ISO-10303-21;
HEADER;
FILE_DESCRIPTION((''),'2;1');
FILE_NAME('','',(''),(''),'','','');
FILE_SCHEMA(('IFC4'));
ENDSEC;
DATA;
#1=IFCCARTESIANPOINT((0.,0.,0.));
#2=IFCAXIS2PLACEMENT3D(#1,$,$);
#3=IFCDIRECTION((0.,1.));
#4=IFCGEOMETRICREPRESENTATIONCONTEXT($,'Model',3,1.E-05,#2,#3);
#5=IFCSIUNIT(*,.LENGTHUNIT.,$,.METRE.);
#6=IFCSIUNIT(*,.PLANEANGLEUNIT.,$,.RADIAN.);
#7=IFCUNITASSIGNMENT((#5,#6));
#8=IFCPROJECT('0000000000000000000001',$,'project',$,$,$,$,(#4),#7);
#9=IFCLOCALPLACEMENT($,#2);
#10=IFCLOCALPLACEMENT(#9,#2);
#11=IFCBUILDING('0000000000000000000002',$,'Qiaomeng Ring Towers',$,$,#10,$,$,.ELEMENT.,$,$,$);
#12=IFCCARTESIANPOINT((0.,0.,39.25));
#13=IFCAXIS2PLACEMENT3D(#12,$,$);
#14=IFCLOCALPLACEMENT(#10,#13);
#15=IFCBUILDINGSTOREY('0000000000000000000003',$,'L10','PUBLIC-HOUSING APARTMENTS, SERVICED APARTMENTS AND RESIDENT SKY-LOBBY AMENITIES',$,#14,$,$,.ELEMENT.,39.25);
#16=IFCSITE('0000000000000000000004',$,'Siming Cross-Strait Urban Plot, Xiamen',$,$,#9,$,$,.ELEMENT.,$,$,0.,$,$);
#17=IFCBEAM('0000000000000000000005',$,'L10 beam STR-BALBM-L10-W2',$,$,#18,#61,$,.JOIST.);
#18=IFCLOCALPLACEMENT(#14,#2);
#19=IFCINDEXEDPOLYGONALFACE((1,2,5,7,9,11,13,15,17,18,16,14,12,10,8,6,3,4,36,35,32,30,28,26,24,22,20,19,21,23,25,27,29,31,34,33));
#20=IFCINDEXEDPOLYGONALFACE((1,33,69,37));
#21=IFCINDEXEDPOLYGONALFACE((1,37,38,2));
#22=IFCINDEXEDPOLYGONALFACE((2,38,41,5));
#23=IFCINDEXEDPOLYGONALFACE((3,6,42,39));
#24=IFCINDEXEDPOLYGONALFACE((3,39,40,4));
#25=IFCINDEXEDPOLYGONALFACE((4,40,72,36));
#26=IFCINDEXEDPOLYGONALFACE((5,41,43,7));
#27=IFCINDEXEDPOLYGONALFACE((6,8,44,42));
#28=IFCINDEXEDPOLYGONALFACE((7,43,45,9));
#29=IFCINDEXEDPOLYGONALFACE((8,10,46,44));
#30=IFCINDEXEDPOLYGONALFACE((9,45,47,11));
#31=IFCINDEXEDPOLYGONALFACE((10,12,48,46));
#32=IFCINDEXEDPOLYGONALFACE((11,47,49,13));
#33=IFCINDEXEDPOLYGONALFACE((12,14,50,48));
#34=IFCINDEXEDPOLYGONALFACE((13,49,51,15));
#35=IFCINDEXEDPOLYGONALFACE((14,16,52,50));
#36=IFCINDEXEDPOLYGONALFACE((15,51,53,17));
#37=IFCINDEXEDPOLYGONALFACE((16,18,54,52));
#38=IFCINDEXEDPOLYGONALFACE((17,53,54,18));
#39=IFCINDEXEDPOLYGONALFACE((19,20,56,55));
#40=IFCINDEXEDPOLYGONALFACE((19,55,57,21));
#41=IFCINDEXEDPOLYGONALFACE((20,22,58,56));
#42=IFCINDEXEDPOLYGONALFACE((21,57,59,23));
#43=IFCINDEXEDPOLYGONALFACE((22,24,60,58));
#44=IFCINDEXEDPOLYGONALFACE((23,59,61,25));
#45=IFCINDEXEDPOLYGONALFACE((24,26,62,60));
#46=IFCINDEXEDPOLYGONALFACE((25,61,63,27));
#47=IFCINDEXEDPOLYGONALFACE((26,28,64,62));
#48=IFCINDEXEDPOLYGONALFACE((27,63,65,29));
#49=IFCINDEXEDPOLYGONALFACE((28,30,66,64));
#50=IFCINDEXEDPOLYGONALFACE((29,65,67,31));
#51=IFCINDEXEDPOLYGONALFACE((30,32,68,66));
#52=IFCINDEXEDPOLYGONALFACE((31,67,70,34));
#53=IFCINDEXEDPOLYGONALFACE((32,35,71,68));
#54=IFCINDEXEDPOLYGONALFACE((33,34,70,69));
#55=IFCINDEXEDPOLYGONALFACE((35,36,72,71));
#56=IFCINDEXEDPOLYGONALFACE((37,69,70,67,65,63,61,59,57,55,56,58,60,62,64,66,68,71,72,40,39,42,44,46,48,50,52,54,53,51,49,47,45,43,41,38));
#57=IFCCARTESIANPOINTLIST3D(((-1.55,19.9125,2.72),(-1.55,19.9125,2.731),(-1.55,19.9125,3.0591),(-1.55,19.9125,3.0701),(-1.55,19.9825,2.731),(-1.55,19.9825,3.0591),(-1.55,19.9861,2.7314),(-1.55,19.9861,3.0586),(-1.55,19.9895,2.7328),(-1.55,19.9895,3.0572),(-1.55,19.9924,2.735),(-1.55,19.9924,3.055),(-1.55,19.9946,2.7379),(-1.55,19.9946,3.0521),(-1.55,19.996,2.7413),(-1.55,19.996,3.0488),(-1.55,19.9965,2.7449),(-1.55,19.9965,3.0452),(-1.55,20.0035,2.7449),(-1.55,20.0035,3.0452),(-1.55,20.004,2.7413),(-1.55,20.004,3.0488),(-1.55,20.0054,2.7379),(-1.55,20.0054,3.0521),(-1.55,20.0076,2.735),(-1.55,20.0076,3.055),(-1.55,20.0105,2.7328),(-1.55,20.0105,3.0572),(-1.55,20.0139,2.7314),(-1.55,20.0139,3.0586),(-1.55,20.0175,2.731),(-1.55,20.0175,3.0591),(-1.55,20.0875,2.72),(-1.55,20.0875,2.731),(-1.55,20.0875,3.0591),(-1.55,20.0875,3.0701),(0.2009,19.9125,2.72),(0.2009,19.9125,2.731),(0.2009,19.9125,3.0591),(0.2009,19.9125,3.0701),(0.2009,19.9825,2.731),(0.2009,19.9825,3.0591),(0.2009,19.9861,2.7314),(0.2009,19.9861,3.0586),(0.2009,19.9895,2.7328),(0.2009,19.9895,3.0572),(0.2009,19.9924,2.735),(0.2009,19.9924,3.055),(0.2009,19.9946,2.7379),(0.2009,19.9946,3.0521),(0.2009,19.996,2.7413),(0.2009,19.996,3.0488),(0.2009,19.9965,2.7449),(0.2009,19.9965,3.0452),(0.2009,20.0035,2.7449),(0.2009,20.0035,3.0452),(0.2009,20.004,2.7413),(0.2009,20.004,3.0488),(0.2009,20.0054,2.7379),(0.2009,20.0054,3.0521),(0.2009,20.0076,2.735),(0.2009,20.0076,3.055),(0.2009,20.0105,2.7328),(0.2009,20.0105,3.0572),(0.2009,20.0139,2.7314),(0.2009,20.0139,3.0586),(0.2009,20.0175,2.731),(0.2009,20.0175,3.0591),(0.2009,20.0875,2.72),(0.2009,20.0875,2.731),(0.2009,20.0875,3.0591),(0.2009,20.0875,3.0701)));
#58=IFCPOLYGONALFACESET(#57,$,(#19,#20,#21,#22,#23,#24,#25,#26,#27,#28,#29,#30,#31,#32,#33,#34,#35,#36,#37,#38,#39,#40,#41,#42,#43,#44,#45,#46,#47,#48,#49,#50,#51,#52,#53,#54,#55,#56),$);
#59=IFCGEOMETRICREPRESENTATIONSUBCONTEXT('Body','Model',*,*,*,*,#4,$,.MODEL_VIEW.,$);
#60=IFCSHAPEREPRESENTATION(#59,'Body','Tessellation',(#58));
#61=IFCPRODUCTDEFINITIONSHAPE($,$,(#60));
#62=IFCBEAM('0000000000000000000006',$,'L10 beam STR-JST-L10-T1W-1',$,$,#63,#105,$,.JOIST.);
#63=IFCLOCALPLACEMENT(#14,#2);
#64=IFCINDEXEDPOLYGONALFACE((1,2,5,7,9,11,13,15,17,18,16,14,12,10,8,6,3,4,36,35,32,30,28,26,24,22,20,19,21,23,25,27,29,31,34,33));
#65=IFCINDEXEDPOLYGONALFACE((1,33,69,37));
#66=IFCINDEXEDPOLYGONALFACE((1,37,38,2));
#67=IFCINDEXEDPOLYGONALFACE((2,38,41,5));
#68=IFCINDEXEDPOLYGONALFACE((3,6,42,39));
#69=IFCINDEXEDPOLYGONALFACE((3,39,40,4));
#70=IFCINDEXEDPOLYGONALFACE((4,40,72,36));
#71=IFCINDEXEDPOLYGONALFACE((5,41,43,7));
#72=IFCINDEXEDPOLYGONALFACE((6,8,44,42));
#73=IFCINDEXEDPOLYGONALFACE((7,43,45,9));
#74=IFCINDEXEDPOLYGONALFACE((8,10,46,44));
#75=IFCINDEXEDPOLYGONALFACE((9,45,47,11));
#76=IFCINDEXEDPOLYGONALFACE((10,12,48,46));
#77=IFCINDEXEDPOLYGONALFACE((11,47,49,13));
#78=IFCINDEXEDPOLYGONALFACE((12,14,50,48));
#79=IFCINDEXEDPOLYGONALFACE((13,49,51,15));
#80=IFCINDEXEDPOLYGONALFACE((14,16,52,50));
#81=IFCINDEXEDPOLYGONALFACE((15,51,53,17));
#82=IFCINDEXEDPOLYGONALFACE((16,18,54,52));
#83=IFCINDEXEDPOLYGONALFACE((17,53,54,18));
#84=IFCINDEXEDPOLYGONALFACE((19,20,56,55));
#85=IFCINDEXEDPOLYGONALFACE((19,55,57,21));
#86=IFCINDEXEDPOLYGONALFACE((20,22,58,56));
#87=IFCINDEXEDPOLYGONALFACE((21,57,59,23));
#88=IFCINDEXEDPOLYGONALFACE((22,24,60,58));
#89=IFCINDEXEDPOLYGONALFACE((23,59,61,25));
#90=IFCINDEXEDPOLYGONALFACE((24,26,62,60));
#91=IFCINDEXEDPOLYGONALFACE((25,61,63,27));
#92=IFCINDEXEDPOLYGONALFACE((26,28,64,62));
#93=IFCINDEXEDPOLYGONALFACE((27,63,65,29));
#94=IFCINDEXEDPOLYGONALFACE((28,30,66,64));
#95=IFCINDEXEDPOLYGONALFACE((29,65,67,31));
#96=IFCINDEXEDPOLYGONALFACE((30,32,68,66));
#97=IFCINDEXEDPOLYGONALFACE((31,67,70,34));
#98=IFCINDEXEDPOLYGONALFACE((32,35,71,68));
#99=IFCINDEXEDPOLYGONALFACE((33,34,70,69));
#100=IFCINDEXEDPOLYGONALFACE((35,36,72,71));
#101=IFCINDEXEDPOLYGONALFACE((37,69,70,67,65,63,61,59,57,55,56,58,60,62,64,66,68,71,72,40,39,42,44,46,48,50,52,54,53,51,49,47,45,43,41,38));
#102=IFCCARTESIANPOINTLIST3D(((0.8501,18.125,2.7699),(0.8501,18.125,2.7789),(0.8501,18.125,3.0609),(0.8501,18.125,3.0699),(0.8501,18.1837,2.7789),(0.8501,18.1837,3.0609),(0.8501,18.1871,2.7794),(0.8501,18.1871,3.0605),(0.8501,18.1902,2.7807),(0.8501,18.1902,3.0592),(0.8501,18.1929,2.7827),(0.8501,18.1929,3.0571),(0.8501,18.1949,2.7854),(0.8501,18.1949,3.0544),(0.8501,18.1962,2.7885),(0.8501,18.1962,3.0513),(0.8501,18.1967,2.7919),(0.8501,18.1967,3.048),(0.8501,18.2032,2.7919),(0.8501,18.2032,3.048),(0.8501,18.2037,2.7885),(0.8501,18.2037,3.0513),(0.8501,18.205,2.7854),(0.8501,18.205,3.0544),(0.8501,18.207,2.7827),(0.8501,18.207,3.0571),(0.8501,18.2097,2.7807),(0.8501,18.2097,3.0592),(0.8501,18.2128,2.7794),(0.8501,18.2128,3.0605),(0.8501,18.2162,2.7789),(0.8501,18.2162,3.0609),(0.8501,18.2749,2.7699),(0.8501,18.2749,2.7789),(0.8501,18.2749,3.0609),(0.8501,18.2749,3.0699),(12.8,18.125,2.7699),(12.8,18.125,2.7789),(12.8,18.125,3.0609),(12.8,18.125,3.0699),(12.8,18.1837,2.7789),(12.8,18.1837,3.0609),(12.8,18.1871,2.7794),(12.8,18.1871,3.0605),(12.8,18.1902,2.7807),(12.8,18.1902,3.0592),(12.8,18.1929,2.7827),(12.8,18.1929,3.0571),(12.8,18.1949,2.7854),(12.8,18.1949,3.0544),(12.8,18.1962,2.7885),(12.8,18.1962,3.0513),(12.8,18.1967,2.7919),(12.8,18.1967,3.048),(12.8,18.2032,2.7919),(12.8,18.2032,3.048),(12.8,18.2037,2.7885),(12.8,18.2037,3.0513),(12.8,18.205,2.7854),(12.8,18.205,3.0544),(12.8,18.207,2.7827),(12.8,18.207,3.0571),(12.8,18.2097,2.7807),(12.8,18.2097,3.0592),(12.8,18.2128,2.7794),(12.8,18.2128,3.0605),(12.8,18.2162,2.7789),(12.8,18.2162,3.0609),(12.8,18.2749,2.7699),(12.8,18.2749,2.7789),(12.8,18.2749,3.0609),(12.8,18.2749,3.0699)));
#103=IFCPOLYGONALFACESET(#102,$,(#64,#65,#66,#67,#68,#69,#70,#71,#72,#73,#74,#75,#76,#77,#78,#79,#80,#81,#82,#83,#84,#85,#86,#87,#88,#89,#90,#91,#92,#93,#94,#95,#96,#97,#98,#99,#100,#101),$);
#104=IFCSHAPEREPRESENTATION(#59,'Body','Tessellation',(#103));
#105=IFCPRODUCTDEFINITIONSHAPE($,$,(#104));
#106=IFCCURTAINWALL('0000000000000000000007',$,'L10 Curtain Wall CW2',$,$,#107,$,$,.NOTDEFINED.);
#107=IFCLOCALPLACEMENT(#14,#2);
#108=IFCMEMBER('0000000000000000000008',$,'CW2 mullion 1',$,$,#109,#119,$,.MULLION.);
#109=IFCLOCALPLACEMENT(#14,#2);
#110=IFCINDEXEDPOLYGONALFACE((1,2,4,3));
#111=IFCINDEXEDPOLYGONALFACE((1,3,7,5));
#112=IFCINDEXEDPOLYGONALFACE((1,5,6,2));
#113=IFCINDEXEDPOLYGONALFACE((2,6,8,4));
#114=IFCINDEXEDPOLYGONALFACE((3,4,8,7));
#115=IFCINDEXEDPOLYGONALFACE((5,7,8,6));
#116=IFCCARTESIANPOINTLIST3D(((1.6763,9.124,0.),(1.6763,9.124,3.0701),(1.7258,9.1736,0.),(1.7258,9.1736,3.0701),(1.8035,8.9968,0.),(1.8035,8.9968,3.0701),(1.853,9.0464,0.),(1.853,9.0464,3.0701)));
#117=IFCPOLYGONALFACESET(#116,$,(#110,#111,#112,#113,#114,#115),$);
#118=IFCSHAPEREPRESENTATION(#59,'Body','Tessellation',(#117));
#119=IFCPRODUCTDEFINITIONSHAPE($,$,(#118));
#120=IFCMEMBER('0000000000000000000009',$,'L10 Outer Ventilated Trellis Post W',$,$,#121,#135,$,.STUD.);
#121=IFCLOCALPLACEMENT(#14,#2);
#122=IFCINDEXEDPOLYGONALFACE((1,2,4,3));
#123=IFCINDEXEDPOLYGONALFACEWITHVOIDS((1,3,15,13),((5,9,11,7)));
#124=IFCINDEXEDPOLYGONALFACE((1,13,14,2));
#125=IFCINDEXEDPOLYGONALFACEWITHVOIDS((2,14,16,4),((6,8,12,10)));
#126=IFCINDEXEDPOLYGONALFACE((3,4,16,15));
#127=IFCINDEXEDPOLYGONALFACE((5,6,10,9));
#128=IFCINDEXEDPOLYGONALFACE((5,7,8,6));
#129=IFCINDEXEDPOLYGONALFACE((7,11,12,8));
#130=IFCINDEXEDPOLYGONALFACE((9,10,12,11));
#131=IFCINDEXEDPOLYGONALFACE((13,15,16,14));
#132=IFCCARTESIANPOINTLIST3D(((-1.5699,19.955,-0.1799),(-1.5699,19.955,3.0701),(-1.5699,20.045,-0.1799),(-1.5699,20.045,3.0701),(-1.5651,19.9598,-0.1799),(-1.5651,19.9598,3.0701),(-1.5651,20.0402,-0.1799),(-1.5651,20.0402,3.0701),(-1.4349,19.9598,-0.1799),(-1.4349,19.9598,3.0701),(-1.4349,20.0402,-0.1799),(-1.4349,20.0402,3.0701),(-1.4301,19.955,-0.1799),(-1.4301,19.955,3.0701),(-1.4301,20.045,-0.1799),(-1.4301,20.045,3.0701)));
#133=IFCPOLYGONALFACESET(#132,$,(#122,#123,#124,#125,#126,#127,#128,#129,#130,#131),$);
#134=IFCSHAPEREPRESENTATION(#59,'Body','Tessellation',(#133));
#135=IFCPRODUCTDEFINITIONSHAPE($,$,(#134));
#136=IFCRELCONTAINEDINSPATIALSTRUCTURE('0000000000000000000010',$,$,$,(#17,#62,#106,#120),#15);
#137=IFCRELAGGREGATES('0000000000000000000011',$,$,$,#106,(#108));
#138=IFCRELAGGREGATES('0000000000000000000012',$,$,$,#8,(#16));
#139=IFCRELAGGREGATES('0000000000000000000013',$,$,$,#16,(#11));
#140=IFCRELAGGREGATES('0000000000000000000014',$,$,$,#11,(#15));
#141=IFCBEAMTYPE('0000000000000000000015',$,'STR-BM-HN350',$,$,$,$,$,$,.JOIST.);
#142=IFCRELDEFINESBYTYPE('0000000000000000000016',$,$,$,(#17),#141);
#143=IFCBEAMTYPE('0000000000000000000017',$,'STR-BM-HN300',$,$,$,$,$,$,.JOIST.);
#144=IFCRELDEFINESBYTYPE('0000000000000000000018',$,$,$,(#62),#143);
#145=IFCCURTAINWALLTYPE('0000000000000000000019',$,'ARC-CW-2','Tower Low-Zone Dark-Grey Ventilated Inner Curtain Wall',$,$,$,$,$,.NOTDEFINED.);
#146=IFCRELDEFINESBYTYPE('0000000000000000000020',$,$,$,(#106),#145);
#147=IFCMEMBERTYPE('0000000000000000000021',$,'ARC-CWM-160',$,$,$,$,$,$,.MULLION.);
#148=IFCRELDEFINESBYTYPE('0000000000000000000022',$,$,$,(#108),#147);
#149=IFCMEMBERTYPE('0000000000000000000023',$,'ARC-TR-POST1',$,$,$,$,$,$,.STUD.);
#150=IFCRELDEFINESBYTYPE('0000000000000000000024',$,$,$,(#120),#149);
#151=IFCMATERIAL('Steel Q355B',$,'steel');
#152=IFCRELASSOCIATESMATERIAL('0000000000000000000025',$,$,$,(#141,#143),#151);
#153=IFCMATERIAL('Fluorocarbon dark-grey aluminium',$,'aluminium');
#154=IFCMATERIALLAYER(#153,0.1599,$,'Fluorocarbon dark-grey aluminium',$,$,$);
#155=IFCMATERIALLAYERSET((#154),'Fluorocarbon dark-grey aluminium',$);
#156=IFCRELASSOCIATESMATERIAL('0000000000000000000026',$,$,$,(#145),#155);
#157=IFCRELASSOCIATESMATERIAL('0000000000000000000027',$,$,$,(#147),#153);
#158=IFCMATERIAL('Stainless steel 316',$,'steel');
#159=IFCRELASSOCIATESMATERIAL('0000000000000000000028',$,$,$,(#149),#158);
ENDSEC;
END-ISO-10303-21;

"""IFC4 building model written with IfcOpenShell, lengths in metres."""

from ifc_helpers import new_model, si_unit, direction, frame, origin, origin_2d, place, context, subcontext, project, spatial, rectangle, hollow_rectangle, i_section, extrude, source, transform, mapped, material, layer, layer_set, material_profile, profile_set, type_object, element, aggregate, save


model = new_model("IFC4")

# Units and contexts
model_context = context("Model", 3, precision=1e-05, world=origin(), true_north=direction((0.0, 1.0)))
body_context = subcontext(model_context, "Body", "Model", "MODEL_VIEW")
ifc_project = project(units=[si_unit("LENGTHUNIT", "METRE"), si_unit("PLANEANGLEUNIT", "RADIAN")], contexts=[model_context])

# Site, building, storey
site_placement = place(None, origin())
site = spatial("IfcSite", under=ifc_project, at=site_placement, Name="Siming Cross-Strait Urban Plot, Xiamen", CompositionType="ELEMENT", RefElevation=0.0)
building_placement = place(site_placement, origin())
building = spatial("IfcBuilding", under=site, at=building_placement, Name="Qiaomeng Ring Towers", CompositionType="ELEMENT")
storey_placement = place(building_placement, frame((0.0, 0.0, 39.25)))
storey = spatial("IfcBuildingStorey", under=building, at=storey_placement, Name="L10", Description="PUBLIC-HOUSING APARTMENTS, SERVICED APARTMENTS AND RESIDENT SKY-LOBBY AMENITIES", CompositionType="ELEMENT", Elevation=39.25)

# Beams
ifc_material_1 = material(Name="Steel Q355B", Category="steel")
ifc_material_profile_1 = material_profile(ifc_material_1, i_section(OverallWidth=0.175, OverallDepth=0.3501, WebThickness=0.0071, FlangeThickness=0.011, FilletRadius=0.0139, at=origin_2d()), Name="HN 350x175x7x11")
ifc_profile_set_1 = profile_set([ifc_material_profile_1], Name="Steel Q355B")
beam_type_1 = type_object("IfcBeamType", Name="STR-BM-HN350", PredefinedType="JOIST", material=ifc_profile_set_1)
shared_shape_1 = source(origin(), body_context, "Body", "SweptSolid", [
    extrude(i_section(OverallWidth=0.175, OverallDepth=0.3501, WebThickness=0.0071, FlangeThickness=0.011, FilletRadius=0.0139, at=origin_2d()), origin(), (0.0, 0.0, 1.0), 1.751),
])
beam_1_placement = place(storey_placement, frame((-1.55, 20.0, 2.895), z_axis=(1.0, 0.0, 0.0), x_axis=(0.0, 1.0, 0.0)))
element("IfcBeam", 1, at=beam_1_placement, inside=storey, type_object=beam_type_1, Name="L10 beam STR-BALBM-L10-W2", PredefinedType="JOIST", context=body_context, shape_type="MappedRepresentation", body=[
    mapped(shared_shape_1, transform((0.0, 0.0, 0.0), x_axis=(1.0, 0.0, 0.0), y_axis=(0.0, 1.0, 0.0), z_axis=(0.0, 0.0, 1.0), scale=1.0)),
])
ifc_material_profile_2 = material_profile(ifc_material_1, i_section(OverallWidth=0.1499, OverallDepth=0.3, WebThickness=0.0066, FlangeThickness=0.009, FilletRadius=0.0129, at=origin_2d()), Name="HN 300x150x6.5x9")
ifc_profile_set_2 = profile_set([ifc_material_profile_2], Name="Steel Q355B")
beam_type_2 = type_object("IfcBeamType", Name="STR-BM-HN300", PredefinedType="JOIST", material=ifc_profile_set_2)
shared_shape_2 = source(origin(), body_context, "Body", "SweptSolid", [
    extrude(i_section(OverallWidth=0.1499, OverallDepth=0.3, WebThickness=0.0066, FlangeThickness=0.009, FilletRadius=0.0129, at=origin_2d()), origin(), (0.0, 0.0, 1.0), 11.95),
])
beam_2_placement = place(storey_placement, frame((0.8501, 18.2, 2.9199), z_axis=(1.0, 0.0, 0.0), x_axis=(0.0, 1.0, 0.0)))
element("IfcBeam", 2, at=beam_2_placement, inside=storey, type_object=beam_type_2, Name="L10 beam STR-JST-L10-T1W-1", PredefinedType="JOIST", context=body_context, shape_type="MappedRepresentation", body=[
    mapped(shared_shape_2, transform((0.0, 0.0, 0.0), x_axis=(1.0, 0.0, 0.0), y_axis=(0.0, 1.0, 0.0), z_axis=(0.0, 0.0, 1.0), scale=1.0)),
])

# Curtain wall, member
ifc_material_2 = material(Name="Fluorocarbon dark-grey aluminium", Category="aluminium")
ifc_layer_1 = layer(ifc_material_2, 0.1599, Name="Fluorocarbon dark-grey aluminium")
ifc_layer_set_1 = layer_set([ifc_layer_1], Name="Fluorocarbon dark-grey aluminium")
curtain_wall_type = type_object("IfcCurtainWallType", Name="ARC-CW-2", Description="Tower Low-Zone Dark-Grey Ventilated Inner Curtain Wall", PredefinedType="NOTDEFINED", material=ifc_layer_set_1)
curtain_wall_placement = place(storey_placement, origin())
curtain_wall = element("IfcCurtainWall", 3, at=curtain_wall_placement, inside=storey, type_object=curtain_wall_type, Name="L10 Curtain Wall CW2", PredefinedType="NOTDEFINED")
ifc_material_profile_3 = material_profile(ifc_material_2, rectangle(XDim=0.0701, YDim=0.1799, at=origin_2d()), Name="ALU MULL 70x180")
ifc_profile_set_3 = profile_set([ifc_material_profile_3], Name="Fluorocarbon dark-grey aluminium")
member_type_1 = type_object("IfcMemberType", Name="ARC-CWM-160", PredefinedType="MULLION", material=ifc_profile_set_3)
shared_shape_3 = source(origin(), body_context, "Body", "SweptSolid", [
    extrude(rectangle(XDim=0.0701, YDim=0.1799, at=origin_2d()), origin(), (0.0, 0.0, 1.0), 3.0701),
])
member_1_placement = place(storey_placement, frame((1.7646, 9.0852, 0.0), z_axis=(0.0, 0.0, 1.0), x_axis=(0.707107, 0.707107, 0.0)))
member_1 = element("IfcMember", 4, at=member_1_placement, type_object=member_type_1, Name="CW2 mullion 1", PredefinedType="MULLION", context=body_context, shape_type="MappedRepresentation", body=[
    mapped(shared_shape_3, transform((0.0, 0.0, 0.0), x_axis=(1.0, 0.0, 0.0), y_axis=(0.0, 1.0, 0.0), z_axis=(0.0, 0.0, 1.0), scale=1.0)),
])
aggregate(curtain_wall, [member_1])

# Member
ifc_material_3 = material(Name="Stainless steel 316", Category="steel")
ifc_material_profile_4 = material_profile(ifc_material_3, hollow_rectangle(XDim=0.0901, YDim=0.1399, WallThickness=0.0049, at=origin_2d()), Name="SS TRELLIS 90x140")
ifc_profile_set_4 = profile_set([ifc_material_profile_4], Name="Stainless steel 316")
member_type_2 = type_object("IfcMemberType", Name="ARC-TR-POST1", PredefinedType="STUD", material=ifc_profile_set_4)
shared_shape_4 = source(origin(), body_context, "Body", "SweptSolid", [
    extrude(hollow_rectangle(XDim=0.0901, YDim=0.1399, WallThickness=0.0049, at=origin_2d()), origin(), (0.0, 0.0, 1.0), 3.25),
])
member_2_placement = place(storey_placement, frame((-1.5, 20.0, -0.1799), z_axis=(0.0, 0.0, 1.0), x_axis=(0.0, 1.0, 0.0)))
element("IfcMember", 5, at=member_2_placement, inside=storey, type_object=member_type_2, Name="L10 Outer Ventilated Trellis Post W", PredefinedType="STUD", context=body_context, shape_type="MappedRepresentation", body=[
    mapped(shared_shape_4, transform((0.0, 0.0, 0.0), x_axis=(1.0, 0.0, 0.0), y_axis=(0.0, 1.0, 0.0), z_axis=(0.0, 0.0, 1.0), scale=1.0)),
])

save(model, "model.ifc")
